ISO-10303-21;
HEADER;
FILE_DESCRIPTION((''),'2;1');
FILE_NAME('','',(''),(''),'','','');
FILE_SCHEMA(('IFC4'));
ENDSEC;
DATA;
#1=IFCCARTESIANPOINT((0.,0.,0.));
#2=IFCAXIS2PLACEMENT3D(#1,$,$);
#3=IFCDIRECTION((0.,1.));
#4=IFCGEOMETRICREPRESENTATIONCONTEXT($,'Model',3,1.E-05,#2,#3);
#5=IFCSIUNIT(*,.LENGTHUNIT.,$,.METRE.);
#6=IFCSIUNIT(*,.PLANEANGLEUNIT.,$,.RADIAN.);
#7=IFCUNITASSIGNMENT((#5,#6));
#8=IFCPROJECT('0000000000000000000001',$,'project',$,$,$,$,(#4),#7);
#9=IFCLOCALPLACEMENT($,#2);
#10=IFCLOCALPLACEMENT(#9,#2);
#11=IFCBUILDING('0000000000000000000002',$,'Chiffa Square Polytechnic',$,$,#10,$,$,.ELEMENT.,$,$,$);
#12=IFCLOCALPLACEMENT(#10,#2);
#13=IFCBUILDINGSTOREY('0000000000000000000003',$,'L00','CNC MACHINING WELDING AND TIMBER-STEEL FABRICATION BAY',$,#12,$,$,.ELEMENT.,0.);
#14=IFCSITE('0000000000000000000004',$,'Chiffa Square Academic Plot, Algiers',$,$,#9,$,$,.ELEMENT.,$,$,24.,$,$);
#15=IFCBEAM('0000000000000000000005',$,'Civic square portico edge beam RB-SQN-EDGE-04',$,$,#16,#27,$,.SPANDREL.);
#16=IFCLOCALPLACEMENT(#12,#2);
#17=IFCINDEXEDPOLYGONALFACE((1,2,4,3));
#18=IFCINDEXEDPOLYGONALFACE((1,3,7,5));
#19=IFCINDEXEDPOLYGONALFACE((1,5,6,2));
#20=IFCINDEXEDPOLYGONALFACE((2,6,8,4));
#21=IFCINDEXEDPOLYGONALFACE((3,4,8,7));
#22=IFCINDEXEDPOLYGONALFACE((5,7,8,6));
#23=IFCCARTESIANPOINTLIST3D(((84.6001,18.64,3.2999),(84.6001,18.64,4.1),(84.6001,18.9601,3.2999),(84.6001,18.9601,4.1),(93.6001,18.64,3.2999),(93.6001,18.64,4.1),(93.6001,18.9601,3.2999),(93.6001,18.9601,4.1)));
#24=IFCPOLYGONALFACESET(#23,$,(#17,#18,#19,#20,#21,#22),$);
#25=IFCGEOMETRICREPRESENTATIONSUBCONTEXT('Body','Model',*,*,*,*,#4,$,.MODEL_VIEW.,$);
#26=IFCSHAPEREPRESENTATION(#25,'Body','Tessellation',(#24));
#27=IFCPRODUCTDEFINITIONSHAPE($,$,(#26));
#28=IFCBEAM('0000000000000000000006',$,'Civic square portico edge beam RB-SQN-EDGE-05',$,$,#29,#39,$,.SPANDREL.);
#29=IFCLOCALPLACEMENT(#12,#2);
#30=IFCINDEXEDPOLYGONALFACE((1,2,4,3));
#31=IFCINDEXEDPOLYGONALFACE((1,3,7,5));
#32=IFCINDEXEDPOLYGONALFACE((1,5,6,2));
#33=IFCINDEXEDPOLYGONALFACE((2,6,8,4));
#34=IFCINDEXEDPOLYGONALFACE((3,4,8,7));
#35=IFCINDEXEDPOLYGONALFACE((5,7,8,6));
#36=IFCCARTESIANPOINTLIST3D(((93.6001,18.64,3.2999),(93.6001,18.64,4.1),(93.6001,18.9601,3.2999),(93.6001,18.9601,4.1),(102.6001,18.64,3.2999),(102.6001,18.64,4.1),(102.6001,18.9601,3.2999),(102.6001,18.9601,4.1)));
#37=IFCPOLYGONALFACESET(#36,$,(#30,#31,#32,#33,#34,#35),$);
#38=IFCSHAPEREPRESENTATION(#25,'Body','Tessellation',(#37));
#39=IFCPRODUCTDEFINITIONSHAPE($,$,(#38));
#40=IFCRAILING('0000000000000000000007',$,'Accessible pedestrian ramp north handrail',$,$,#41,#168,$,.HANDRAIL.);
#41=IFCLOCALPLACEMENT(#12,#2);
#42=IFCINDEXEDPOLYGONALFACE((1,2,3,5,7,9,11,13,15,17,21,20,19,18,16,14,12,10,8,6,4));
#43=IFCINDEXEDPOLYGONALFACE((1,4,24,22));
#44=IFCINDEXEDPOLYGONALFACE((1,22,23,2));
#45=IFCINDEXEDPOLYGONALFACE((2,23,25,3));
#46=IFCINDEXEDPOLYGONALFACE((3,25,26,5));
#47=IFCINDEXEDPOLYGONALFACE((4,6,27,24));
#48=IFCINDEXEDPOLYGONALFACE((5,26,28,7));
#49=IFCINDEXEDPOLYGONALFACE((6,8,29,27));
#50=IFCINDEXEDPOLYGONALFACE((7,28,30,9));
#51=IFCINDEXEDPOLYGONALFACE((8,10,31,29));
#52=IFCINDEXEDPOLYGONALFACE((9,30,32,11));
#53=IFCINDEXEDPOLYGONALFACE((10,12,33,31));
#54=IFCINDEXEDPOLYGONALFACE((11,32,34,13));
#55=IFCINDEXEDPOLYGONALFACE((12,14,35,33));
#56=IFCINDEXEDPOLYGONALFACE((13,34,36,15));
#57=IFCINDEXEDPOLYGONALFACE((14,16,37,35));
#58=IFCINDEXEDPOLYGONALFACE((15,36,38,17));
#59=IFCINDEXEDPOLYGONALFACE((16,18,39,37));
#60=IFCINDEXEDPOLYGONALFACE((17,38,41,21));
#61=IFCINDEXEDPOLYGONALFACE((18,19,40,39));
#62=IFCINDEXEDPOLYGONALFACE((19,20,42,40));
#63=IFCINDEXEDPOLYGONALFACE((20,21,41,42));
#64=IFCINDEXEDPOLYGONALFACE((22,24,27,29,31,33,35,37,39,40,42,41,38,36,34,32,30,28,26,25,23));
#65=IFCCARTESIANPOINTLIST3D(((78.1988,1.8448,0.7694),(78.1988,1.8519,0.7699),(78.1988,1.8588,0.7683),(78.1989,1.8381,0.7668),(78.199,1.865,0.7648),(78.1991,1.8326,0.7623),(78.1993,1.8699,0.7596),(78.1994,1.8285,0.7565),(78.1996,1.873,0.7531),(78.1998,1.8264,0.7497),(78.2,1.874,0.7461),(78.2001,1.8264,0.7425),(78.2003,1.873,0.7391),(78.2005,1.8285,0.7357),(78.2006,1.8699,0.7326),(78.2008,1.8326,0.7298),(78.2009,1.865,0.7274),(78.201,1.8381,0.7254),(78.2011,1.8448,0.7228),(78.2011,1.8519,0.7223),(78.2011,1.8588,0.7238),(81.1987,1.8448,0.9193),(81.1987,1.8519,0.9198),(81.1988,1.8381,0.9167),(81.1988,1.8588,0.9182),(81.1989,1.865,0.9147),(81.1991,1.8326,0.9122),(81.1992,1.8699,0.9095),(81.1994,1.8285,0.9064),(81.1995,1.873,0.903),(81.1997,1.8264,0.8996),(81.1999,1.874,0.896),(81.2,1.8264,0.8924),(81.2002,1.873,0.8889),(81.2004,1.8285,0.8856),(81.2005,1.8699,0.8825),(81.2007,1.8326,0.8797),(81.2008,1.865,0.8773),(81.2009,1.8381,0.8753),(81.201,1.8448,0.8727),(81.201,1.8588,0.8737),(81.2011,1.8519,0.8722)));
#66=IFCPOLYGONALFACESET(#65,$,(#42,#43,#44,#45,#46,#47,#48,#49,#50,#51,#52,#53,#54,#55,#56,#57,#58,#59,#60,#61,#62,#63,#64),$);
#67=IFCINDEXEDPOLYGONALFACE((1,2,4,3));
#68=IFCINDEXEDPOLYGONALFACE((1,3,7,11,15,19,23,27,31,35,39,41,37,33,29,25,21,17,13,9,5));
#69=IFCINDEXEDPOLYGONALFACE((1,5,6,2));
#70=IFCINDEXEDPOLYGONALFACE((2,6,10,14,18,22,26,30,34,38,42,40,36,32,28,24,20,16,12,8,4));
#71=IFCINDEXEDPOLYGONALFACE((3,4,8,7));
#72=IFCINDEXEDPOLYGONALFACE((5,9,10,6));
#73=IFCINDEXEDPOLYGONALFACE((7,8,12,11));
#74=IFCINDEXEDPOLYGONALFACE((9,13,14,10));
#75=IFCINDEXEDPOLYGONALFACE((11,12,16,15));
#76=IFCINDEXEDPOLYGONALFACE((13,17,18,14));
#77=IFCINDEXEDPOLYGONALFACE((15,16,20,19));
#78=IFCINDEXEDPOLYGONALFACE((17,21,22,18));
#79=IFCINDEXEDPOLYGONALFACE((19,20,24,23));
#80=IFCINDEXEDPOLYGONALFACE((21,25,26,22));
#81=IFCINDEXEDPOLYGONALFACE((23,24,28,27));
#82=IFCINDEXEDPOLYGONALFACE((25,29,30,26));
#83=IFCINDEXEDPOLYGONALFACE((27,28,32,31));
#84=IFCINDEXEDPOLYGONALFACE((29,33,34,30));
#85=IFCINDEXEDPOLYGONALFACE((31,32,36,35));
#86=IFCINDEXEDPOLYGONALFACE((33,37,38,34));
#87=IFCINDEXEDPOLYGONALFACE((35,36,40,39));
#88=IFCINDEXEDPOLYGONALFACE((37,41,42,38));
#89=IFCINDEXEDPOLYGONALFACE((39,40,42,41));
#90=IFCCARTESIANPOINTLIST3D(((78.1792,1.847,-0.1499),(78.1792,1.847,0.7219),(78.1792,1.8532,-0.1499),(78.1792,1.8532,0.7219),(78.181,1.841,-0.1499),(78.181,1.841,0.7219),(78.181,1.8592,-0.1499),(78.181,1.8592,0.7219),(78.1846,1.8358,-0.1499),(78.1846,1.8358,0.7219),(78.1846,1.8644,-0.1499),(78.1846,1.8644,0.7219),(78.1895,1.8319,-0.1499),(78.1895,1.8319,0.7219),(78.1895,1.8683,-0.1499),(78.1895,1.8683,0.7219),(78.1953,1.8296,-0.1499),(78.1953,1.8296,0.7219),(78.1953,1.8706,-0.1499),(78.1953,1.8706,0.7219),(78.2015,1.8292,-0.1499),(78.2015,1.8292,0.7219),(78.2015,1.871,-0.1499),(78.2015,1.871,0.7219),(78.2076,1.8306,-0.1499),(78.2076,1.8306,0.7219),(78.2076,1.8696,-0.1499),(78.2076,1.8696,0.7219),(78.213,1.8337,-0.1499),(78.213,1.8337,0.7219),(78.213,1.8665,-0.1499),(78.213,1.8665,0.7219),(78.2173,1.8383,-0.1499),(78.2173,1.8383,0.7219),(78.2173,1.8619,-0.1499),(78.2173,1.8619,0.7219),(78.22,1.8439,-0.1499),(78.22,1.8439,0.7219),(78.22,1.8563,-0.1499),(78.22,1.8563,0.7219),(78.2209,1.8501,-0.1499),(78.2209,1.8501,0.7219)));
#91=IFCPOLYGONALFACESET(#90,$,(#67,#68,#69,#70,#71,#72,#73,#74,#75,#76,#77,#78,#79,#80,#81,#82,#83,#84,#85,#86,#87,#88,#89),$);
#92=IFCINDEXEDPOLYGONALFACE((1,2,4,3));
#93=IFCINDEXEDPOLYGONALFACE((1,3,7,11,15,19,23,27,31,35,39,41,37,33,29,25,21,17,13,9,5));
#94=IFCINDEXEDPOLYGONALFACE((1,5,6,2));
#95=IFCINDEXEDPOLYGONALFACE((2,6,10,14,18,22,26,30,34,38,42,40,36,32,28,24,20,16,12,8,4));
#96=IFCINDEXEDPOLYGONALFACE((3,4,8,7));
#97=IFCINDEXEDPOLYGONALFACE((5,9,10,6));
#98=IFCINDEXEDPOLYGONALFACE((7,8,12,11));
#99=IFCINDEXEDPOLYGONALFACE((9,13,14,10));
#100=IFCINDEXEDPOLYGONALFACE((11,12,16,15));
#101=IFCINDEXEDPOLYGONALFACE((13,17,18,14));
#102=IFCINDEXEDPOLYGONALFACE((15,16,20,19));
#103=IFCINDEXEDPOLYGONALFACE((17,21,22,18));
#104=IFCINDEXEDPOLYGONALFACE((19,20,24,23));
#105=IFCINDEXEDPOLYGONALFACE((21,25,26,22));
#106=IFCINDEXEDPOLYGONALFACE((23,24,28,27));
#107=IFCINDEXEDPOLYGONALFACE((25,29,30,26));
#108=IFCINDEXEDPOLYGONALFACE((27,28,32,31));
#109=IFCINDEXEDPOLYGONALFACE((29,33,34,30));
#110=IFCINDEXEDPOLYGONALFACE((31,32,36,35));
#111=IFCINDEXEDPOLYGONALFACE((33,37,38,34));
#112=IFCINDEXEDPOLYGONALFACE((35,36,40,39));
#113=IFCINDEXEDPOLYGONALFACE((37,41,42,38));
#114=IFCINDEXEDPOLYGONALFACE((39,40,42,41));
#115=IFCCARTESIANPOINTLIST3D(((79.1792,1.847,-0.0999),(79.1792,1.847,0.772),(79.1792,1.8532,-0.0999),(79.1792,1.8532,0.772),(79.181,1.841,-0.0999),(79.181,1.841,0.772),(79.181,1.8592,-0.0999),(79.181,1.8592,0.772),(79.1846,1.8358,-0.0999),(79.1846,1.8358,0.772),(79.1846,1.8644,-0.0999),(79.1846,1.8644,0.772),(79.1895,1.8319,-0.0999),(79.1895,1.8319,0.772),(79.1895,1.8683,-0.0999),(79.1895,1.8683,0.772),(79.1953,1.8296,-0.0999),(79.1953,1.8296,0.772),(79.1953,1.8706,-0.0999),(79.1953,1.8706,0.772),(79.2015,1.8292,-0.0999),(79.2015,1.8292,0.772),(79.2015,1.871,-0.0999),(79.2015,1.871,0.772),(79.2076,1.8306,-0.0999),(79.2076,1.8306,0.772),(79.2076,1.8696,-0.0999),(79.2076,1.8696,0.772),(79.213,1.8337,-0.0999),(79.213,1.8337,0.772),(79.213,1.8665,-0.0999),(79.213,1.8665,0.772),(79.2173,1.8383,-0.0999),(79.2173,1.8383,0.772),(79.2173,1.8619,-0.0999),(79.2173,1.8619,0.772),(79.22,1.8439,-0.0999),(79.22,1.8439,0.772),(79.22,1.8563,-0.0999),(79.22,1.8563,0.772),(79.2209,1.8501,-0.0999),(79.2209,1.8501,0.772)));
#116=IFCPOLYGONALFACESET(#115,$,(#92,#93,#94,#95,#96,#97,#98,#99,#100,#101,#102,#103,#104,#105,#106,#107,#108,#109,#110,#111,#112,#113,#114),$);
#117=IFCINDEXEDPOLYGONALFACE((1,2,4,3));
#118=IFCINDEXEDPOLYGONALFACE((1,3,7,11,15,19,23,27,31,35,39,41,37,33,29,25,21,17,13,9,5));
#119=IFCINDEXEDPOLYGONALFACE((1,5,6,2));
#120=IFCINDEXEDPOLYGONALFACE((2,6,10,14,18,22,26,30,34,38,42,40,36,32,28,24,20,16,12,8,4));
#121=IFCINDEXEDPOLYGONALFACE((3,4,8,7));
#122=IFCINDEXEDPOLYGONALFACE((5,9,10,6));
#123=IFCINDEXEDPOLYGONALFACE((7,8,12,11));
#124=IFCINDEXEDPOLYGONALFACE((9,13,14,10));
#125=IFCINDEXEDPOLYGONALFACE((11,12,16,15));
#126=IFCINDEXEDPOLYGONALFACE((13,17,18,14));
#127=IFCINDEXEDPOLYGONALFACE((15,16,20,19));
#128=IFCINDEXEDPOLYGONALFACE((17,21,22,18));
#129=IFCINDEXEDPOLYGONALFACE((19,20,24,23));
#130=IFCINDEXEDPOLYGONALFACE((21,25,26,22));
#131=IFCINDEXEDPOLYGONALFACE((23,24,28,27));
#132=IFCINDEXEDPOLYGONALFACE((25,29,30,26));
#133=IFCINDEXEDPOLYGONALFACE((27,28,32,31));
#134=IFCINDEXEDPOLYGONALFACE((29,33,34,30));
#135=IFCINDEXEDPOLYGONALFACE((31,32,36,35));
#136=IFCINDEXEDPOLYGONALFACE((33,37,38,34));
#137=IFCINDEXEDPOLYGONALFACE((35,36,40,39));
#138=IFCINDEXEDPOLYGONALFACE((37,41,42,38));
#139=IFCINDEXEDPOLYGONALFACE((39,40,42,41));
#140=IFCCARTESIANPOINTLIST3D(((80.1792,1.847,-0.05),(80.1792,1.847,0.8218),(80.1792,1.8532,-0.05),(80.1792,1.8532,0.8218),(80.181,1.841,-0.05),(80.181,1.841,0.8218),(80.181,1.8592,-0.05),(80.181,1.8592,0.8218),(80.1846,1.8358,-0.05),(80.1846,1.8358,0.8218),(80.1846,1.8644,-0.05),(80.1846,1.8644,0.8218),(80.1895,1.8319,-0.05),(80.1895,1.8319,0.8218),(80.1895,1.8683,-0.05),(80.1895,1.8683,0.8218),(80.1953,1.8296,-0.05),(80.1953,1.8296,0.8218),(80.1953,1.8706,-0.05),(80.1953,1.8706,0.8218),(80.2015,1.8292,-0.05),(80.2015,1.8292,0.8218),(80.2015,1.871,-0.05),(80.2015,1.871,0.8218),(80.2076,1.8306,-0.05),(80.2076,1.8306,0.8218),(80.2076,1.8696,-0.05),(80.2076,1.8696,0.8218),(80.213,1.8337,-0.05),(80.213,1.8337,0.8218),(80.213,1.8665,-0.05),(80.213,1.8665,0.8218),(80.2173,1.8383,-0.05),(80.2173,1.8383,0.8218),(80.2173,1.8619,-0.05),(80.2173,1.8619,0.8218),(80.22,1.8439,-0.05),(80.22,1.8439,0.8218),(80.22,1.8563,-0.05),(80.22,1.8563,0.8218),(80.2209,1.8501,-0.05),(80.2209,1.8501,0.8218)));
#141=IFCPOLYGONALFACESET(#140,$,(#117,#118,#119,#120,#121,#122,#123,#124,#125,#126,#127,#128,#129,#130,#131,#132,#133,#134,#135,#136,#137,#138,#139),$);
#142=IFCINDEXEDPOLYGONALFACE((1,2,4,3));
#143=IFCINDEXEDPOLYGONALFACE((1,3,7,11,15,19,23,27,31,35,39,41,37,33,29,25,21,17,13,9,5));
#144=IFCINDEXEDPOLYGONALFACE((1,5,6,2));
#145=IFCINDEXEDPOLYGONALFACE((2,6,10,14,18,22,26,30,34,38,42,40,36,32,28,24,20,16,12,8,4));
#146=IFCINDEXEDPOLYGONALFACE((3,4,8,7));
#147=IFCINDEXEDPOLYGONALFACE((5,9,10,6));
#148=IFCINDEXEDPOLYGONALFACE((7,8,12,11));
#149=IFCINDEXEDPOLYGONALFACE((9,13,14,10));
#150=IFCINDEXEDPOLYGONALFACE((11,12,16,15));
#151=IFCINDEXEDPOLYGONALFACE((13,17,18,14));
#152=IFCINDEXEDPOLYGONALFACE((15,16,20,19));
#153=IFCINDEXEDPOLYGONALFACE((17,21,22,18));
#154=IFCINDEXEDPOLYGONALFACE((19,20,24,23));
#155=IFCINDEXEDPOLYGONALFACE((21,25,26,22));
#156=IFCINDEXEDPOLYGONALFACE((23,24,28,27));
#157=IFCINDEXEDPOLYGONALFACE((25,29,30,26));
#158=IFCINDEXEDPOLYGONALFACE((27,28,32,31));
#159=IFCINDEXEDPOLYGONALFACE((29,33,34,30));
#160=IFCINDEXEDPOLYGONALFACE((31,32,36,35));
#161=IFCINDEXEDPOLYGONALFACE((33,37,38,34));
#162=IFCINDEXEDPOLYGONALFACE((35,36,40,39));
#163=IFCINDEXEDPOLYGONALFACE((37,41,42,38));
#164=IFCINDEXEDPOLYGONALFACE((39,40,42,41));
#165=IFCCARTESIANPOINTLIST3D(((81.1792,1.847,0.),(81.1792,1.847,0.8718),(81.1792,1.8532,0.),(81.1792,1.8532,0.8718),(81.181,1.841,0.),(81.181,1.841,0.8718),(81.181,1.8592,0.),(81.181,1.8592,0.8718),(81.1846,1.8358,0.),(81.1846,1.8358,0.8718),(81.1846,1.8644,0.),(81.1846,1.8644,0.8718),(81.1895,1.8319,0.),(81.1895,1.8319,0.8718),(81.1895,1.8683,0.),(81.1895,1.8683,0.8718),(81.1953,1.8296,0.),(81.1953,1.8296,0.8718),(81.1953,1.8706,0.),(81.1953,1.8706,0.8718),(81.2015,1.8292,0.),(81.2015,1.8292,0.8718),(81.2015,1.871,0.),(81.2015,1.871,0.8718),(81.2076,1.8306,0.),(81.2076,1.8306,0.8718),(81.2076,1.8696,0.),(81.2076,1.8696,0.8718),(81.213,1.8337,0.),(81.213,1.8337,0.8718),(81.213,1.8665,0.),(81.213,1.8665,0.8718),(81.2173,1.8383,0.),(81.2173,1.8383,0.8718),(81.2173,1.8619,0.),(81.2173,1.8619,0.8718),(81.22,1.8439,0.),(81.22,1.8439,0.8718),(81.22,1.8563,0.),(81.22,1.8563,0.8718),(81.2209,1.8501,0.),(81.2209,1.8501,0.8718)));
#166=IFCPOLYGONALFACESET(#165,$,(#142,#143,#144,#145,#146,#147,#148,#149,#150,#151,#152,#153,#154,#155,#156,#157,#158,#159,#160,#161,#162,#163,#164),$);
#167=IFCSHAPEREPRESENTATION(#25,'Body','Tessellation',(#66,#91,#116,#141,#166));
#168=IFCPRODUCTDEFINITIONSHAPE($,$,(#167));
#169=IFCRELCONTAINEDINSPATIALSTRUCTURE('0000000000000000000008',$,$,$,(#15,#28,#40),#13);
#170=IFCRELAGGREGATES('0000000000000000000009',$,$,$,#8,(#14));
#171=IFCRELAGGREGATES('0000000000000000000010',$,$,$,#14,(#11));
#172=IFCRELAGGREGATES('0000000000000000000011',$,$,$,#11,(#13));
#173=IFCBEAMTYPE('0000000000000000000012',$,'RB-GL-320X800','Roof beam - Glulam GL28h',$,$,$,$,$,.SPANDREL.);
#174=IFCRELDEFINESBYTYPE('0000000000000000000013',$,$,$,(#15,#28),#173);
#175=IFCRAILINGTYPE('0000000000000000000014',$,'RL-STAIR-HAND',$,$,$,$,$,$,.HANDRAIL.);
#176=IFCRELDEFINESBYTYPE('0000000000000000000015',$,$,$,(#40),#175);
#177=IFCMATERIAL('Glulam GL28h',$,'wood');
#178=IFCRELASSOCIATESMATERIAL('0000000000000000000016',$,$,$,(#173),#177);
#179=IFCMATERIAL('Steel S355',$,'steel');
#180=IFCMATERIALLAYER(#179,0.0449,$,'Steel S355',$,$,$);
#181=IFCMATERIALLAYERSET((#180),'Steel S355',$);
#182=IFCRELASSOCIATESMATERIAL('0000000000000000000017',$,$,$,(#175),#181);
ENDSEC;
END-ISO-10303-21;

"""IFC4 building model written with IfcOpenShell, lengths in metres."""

from ifc_helpers import new_model, si_unit, direction, frame, origin, origin_2d, place, context, subcontext, project, spatial, rectangle, circle, extrude, material, layer, layer_set, material_profile, profile_set, type_object, element, save


model = new_model("IFC4")

# Units and contexts
model_context = context("Model", 3, precision=1e-05, world=origin(), true_north=direction((0.0, 1.0)))
body_context = subcontext(model_context, "Body", "Model", "MODEL_VIEW")
ifc_project = project(units=[si_unit("LENGTHUNIT", "METRE"), si_unit("PLANEANGLEUNIT", "RADIAN")], contexts=[model_context])

# Site, building, storey
site_placement = place(None, origin())
site = spatial("IfcSite", under=ifc_project, at=site_placement, Name="Chiffa Square Academic Plot, Algiers", CompositionType="ELEMENT", RefElevation=24.0)
building_placement = place(site_placement, origin())
building = spatial("IfcBuilding", under=site, at=building_placement, Name="Chiffa Square Polytechnic", CompositionType="ELEMENT")
storey_placement = place(building_placement, origin())
storey = spatial("IfcBuildingStorey", under=building, at=storey_placement, Name="L00", Description="CNC MACHINING WELDING AND TIMBER-STEEL FABRICATION BAY", CompositionType="ELEMENT", Elevation=0.0)

# Shared definitions
ifc_material_1 = material(Name="Glulam GL28h", Category="wood")

# Beams
ifc_material_profile_1 = material_profile(ifc_material_1, rectangle(XDim=0.3201, YDim=0.8, at=origin_2d()), Name="GL28h 320x800")
ifc_profile_set_1 = profile_set([ifc_material_profile_1], Name="Glulam GL28h")
beam_type_1 = type_object("IfcBeamType", Name="RB-GL-320X800", Description="Roof beam - Glulam GL28h", PredefinedType="SPANDREL", material=ifc_profile_set_1)
for number, where, z_axis, x_axis, name in (
    (1, (84.6001, 18.8, 3.7), (1.0, 0.0, 0.0), (0.0, 1.0, 0.0), "Civic square portico edge beam RB-SQN-EDGE-04"),
    (2, (93.6001, 18.8, 3.7), (1.0, 0.0, 0.0), (0.0, 1.0, 0.0), "Civic square portico edge beam RB-SQN-EDGE-05"),
):
    element("IfcBeam", number, at=place(storey_placement, frame(where, z_axis=z_axis, x_axis=x_axis)), inside=storey, type_object=beam_type_1, Name=name, PredefinedType="SPANDREL", context=body_context, shape_type="SweptSolid", body=[
        extrude(rectangle(XDim=0.3201, YDim=0.8, at=origin_2d()), origin(), (0.0, 0.0, 1.0), 9.0),
    ])

# Railing
ifc_material_2 = material(Name="Steel S355", Category="steel")
ifc_layer = layer(ifc_material_2, 0.0449, Name="Steel S355")
ifc_layer_set = layer_set([ifc_layer], Name="Steel S355")
railing_type = type_object("IfcRailingType", Name="RL-STAIR-HAND", PredefinedType="HANDRAIL", material=ifc_layer_set)
railing_placement = place(storey_placement, frame((78.2, 1.8501, -0.1499)))
element("IfcRailing", 3, at=railing_placement, inside=storey, type_object=railing_type, Name="Accessible pedestrian ramp north handrail", PredefinedType="HANDRAIL", context=body_context, shape_type="SweptSolid", body=[
    extrude(circle(Radius=0.0239, at=origin_2d()), frame((0.0, 0.0, 0.896), z_axis=(0.998754, 0.0, 0.049905), x_axis=(0.0, 1.0, 0.0)), (0.0, 0.0, 1.0), 3.0037),
    extrude(circle(Radius=0.021, at=origin_2d()), origin(), (0.0, 0.0, 1.0), 0.8718),
    extrude(circle(Radius=0.021, at=origin_2d()), frame((1.0, 0.0, 0.05)), (0.0, 0.0, 1.0), 0.8718),
    extrude(circle(Radius=0.021, at=origin_2d()), frame((2.0, 0.0, 0.0999)), (0.0, 0.0, 1.0), 0.8718),
    extrude(circle(Radius=0.021, at=origin_2d()), frame((3.0, 0.0, 0.1499)), (0.0, 0.0, 1.0), 0.8718),
])

save(model, "model.ifc")
